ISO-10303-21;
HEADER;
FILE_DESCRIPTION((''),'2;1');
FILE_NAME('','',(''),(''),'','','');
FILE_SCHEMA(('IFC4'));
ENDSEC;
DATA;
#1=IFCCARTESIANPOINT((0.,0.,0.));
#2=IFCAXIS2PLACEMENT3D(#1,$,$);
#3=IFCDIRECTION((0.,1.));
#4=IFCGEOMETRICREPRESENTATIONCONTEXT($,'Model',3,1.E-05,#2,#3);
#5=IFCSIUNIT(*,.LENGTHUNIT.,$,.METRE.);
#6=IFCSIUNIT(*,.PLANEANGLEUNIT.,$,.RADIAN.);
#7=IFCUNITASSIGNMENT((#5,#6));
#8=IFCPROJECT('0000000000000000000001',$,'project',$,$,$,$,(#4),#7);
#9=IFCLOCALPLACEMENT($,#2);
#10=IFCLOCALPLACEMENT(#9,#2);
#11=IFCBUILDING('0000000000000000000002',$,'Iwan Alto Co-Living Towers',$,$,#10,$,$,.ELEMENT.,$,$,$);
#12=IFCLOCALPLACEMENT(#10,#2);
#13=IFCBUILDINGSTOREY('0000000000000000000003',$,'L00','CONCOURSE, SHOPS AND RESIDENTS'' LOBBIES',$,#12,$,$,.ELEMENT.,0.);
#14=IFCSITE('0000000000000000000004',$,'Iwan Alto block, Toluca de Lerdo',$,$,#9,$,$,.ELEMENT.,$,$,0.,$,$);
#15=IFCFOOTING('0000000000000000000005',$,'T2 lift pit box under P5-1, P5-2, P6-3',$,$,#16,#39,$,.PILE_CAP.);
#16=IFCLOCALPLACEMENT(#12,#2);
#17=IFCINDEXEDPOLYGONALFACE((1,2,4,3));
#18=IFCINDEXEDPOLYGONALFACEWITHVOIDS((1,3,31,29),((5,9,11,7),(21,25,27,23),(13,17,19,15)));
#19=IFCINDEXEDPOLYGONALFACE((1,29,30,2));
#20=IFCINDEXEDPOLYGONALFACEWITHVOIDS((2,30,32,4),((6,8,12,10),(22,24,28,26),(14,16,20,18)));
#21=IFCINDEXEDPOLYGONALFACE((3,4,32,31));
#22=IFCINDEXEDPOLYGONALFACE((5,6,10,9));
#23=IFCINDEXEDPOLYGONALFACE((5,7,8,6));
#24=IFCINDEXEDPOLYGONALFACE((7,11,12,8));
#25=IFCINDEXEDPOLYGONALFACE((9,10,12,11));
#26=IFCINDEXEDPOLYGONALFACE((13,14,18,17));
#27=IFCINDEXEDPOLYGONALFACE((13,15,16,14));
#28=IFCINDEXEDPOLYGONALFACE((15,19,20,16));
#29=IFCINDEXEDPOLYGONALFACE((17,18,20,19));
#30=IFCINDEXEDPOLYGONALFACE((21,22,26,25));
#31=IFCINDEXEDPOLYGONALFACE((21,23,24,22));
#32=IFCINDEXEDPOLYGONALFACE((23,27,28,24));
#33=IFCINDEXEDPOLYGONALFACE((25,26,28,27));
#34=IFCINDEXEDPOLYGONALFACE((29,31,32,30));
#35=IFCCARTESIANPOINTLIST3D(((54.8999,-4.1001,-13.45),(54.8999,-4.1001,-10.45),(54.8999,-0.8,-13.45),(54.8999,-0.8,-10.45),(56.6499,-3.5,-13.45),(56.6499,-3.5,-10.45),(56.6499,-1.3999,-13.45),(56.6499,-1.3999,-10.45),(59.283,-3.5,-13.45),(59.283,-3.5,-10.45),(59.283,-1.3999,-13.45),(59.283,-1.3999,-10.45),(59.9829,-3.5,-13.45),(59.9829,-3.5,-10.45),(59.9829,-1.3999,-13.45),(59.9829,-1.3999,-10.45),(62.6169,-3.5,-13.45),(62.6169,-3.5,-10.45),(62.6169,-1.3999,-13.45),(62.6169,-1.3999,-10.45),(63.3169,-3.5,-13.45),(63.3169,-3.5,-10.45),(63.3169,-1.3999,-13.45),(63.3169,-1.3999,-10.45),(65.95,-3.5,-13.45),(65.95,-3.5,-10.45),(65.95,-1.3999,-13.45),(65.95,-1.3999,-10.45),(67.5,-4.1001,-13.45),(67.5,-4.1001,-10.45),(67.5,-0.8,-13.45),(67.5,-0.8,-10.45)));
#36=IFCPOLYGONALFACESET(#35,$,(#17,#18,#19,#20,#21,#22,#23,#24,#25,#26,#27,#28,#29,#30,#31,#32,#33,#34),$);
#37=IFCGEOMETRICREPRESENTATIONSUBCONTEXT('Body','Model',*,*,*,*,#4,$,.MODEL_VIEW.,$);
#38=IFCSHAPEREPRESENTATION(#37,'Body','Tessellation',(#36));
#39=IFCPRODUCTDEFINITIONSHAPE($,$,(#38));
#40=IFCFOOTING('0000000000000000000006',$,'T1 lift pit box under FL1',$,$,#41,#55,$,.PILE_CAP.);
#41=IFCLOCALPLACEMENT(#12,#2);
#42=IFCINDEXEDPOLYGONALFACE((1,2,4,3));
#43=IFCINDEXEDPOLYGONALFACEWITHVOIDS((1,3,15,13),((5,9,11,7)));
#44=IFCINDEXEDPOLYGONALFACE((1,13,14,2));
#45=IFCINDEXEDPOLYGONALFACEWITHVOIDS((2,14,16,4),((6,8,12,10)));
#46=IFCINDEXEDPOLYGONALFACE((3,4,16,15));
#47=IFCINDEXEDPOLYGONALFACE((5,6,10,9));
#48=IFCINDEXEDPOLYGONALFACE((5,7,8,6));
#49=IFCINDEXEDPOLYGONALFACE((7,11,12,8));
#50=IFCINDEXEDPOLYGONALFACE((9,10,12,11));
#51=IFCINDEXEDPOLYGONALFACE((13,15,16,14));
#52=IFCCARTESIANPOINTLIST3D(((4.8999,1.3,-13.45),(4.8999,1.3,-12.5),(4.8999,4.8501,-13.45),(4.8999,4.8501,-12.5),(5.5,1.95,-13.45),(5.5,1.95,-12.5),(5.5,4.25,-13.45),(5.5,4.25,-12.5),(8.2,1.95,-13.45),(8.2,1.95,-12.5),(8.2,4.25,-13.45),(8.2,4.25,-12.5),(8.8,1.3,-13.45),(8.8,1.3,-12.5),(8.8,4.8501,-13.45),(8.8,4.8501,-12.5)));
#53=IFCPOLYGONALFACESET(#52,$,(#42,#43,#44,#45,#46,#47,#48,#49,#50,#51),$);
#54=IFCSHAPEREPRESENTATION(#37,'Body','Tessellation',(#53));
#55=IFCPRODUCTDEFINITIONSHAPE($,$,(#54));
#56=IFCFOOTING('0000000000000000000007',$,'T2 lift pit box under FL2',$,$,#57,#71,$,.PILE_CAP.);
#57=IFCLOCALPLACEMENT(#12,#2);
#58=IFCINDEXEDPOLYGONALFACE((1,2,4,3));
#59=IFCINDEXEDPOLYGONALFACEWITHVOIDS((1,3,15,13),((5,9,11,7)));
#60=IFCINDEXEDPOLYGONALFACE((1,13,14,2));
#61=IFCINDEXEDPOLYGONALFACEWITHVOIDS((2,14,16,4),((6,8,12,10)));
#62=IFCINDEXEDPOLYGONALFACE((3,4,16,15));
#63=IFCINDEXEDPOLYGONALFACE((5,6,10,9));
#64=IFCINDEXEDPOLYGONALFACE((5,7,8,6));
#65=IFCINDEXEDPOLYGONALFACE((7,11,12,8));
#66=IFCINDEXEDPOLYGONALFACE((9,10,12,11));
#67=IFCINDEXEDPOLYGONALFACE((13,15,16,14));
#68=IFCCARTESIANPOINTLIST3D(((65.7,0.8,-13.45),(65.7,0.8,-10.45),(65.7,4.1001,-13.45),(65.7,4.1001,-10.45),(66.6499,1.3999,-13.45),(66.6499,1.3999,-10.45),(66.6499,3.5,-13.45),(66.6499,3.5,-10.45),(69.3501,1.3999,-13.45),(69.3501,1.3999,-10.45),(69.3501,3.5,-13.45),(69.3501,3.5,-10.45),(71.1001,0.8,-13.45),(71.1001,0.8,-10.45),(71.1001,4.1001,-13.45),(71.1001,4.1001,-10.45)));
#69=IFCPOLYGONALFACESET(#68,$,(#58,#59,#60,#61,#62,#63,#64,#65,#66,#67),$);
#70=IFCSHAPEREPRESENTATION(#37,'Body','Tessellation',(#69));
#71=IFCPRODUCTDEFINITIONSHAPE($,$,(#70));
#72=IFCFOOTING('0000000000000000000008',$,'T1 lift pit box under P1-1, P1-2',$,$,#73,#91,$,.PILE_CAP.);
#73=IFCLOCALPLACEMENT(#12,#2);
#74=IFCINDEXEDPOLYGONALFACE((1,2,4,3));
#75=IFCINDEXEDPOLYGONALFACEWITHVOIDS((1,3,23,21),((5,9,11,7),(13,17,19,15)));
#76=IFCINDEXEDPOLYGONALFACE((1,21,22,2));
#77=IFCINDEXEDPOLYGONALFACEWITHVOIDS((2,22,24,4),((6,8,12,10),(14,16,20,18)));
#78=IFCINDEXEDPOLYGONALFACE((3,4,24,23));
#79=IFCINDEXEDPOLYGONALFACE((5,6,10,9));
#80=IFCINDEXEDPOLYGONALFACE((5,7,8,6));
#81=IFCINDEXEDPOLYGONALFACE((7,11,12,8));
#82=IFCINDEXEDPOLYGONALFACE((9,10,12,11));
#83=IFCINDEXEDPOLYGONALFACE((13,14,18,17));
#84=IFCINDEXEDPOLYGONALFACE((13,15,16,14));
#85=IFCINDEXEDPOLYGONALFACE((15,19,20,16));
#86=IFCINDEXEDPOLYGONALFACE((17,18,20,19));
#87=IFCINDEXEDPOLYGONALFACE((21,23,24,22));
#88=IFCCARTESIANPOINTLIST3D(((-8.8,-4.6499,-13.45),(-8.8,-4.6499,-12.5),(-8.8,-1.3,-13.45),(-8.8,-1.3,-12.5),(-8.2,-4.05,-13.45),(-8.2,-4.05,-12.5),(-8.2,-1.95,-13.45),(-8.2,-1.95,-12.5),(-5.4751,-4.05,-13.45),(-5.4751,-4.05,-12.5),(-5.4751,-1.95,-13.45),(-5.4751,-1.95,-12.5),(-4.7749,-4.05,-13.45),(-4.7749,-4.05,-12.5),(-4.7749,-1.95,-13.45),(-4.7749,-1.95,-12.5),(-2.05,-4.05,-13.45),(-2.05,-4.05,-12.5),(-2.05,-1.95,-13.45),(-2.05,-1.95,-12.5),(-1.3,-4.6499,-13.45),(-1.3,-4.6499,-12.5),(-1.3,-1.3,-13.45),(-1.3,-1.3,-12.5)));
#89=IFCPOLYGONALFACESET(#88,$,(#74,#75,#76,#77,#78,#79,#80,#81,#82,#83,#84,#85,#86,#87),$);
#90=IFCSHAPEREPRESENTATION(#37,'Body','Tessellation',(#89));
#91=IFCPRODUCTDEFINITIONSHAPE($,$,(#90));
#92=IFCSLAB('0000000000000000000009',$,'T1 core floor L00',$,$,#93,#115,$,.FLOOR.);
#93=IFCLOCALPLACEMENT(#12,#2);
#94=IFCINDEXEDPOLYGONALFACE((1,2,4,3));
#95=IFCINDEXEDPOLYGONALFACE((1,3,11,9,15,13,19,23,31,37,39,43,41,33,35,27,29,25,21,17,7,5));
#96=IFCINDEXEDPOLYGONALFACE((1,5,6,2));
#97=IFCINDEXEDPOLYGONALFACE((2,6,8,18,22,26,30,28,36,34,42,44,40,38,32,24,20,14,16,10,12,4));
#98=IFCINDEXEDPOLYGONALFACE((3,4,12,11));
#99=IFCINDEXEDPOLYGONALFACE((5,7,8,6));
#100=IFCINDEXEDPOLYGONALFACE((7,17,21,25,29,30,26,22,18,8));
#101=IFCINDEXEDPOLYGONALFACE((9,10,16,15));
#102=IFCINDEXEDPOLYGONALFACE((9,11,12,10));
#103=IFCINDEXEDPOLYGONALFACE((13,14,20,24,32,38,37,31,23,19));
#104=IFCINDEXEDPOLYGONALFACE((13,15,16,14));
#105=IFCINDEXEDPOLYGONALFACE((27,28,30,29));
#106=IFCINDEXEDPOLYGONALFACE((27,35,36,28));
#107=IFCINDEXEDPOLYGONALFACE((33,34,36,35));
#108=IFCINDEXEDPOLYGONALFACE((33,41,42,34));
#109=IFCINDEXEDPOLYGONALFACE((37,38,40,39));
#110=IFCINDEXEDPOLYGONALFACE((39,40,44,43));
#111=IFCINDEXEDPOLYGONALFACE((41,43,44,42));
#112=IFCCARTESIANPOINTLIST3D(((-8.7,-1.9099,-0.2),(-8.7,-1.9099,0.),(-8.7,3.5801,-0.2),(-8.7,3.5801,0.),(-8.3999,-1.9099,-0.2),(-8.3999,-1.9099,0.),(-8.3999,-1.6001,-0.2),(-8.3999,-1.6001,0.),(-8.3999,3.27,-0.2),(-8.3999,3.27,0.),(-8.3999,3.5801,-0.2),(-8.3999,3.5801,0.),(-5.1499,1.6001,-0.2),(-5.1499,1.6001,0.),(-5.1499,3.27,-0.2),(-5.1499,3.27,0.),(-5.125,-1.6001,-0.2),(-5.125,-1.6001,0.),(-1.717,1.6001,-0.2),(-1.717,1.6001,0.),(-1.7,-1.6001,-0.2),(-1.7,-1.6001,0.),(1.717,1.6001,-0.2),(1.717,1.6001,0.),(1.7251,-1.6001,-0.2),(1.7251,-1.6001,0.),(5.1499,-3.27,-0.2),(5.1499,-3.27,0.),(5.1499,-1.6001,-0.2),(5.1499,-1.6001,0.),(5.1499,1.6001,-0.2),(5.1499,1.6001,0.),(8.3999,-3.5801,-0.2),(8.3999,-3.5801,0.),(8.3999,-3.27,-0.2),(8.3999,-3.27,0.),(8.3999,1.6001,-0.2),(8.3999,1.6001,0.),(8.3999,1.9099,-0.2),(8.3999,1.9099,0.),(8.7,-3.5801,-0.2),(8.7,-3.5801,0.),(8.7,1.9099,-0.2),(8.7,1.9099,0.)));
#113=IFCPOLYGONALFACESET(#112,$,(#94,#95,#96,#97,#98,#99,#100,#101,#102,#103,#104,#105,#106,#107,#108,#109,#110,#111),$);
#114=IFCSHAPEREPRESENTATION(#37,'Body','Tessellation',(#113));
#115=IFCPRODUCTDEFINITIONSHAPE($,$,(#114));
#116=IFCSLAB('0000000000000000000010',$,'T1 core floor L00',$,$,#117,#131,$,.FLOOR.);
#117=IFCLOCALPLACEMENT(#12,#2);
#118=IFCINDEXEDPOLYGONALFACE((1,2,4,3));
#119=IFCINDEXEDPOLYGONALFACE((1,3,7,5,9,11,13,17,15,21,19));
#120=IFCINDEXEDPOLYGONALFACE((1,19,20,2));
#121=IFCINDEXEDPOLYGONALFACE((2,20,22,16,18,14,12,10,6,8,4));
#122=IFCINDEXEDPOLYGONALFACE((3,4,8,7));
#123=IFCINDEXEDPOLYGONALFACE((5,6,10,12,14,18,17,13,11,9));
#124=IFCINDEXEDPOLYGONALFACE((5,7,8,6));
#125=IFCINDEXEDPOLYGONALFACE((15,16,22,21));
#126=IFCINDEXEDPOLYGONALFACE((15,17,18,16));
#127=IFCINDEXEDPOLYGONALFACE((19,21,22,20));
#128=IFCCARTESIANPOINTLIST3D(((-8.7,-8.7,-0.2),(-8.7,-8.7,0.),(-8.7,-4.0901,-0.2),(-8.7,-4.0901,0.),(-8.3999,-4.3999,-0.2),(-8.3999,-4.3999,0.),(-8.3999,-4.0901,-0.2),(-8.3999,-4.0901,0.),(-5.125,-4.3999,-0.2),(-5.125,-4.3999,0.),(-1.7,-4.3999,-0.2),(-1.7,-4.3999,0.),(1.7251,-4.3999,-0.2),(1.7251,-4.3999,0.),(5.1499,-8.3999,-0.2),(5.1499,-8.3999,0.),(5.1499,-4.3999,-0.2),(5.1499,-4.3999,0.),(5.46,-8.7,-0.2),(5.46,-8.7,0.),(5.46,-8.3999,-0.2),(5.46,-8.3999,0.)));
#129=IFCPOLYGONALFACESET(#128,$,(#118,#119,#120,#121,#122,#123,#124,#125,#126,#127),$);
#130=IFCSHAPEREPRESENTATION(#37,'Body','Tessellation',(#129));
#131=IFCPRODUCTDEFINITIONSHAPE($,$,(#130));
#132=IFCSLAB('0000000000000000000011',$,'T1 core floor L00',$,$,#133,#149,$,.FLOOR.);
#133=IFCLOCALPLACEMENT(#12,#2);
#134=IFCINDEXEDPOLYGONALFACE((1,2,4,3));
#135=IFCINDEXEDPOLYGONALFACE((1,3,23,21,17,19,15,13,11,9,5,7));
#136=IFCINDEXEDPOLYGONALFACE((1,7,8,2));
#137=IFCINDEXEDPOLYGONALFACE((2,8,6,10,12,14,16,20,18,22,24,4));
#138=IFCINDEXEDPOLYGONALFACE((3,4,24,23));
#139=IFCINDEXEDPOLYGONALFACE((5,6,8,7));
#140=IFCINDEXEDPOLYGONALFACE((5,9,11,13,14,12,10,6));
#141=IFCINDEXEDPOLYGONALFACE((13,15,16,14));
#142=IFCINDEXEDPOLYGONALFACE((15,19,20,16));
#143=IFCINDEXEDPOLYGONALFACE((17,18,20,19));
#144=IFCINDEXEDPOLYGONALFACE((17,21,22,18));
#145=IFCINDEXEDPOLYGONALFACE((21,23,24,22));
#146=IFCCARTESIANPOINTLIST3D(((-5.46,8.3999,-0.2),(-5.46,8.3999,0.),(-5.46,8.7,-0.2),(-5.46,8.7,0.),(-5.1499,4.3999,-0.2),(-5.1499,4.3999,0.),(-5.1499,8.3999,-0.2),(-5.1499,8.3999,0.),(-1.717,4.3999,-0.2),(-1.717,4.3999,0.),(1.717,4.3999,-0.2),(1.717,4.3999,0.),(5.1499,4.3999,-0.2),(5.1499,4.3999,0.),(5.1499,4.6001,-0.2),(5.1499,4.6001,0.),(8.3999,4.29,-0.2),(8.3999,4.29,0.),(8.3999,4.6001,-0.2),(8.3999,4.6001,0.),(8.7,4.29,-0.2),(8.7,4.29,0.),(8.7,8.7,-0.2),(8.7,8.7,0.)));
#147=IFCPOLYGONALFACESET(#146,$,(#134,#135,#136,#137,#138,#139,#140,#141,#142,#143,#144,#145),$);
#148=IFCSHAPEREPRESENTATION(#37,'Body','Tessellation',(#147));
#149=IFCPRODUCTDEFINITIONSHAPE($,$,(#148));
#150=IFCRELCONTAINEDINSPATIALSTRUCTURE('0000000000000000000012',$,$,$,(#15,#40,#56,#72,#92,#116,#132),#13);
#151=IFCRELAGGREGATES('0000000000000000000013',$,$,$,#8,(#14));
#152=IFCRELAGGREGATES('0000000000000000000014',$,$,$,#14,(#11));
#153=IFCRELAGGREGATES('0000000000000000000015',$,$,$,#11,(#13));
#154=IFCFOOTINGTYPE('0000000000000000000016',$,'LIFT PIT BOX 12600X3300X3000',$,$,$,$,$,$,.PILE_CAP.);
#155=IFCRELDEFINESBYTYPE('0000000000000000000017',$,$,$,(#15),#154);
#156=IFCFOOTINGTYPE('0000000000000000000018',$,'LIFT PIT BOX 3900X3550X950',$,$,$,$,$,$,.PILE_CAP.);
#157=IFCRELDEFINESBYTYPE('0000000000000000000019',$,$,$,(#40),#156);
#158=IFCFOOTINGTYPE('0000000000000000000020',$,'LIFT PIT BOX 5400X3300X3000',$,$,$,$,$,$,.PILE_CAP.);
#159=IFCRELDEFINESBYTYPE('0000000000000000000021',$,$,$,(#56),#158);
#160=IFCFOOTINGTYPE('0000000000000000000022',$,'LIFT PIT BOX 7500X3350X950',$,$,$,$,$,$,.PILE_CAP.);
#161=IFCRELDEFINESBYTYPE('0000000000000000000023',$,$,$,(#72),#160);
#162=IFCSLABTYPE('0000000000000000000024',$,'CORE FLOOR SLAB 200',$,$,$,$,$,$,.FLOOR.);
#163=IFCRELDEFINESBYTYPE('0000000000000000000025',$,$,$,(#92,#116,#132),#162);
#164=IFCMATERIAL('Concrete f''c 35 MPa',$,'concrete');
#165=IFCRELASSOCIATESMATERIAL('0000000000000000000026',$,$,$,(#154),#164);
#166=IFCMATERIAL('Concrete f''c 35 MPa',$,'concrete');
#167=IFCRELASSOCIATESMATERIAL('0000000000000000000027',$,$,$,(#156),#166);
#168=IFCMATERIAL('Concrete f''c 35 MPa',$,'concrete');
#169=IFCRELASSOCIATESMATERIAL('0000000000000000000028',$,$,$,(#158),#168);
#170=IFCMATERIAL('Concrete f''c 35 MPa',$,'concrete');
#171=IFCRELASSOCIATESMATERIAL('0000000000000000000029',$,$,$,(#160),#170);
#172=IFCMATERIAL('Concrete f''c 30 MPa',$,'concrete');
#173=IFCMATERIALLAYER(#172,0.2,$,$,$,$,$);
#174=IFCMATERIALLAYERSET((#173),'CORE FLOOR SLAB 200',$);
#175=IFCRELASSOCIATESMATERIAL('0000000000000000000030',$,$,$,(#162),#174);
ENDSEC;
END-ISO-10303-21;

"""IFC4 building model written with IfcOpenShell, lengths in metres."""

from ifc_helpers import new_model, si_unit, direction, frame, origin, place, context, subcontext, project, spatial, polyline, outline, extrude, material, layer, layer_set, type_object, element, save


model = new_model("IFC4")

# Units and contexts
model_context = context("Model", 3, precision=1e-05, world=origin(), true_north=direction((0.0, 1.0)))
body_context = subcontext(model_context, "Body", "Model", "MODEL_VIEW")
ifc_project = project(units=[si_unit("LENGTHUNIT", "METRE"), si_unit("PLANEANGLEUNIT", "RADIAN")], contexts=[model_context])

# Site, building, storey
site_placement = place(None, origin())
site = spatial("IfcSite", under=ifc_project, at=site_placement, Name="Iwan Alto block, Toluca de Lerdo", CompositionType="ELEMENT", RefElevation=0.0)
building_placement = place(site_placement, origin())
building = spatial("IfcBuilding", under=site, at=building_placement, Name="Iwan Alto Co-Living Towers", CompositionType="ELEMENT")
storey_placement = place(building_placement, origin())
storey = spatial("IfcBuildingStorey", under=building, at=storey_placement, Name="L00", Description="CONCOURSE, SHOPS AND RESIDENTS' LOBBIES", CompositionType="ELEMENT", Elevation=0.0)

# Footings
ifc_material_1 = material(Name="Concrete f'c 35 MPa", Category="concrete")
footing_type_1 = type_object("IfcFootingType", Name="LIFT PIT BOX 12600X3300X3000", PredefinedType="PILE_CAP", material=ifc_material_1)
footing_1_placement = place(storey_placement, frame((0.0, 0.0, -13.45)))
element("IfcFooting", 1, at=footing_1_placement, inside=storey, type_object=footing_type_1, Name="T2 lift pit box under P5-1, P5-2, P6-3", PredefinedType="PILE_CAP", context=body_context, shape_type="SweptSolid", body=[
    extrude(outline(polyline([(54.8999, -4.1001), (67.5, -4.1001), (67.5, -0.8), (54.8999, -0.8), (54.8999, -4.1001)]), holes=[polyline([(56.6499, -3.5), (59.283, -3.5), (59.283, -1.3999), (56.6499, -1.3999), (56.6499, -3.5)]), polyline([(59.9829, -3.5), (62.6169, -3.5), (62.6169, -1.3999), (59.9829, -1.3999), (59.9829, -3.5)]), polyline([(63.3169, -3.5), (65.95, -3.5), (65.95, -1.3999), (63.3169, -1.3999), (63.3169, -3.5)])]), origin(), (0.0, 0.0, 1.0), 3.0),
])
ifc_material_2 = material(Name="Concrete f'c 35 MPa", Category="concrete")
footing_type_2 = type_object("IfcFootingType", Name="LIFT PIT BOX 3900X3550X950", PredefinedType="PILE_CAP", material=ifc_material_2)
footing_2_placement = place(storey_placement, frame((0.0, 0.0, -13.45)))
element("IfcFooting", 2, at=footing_2_placement, inside=storey, type_object=footing_type_2, Name="T1 lift pit box under FL1", PredefinedType="PILE_CAP", context=body_context, shape_type="SweptSolid", body=[
    extrude(outline(polyline([(4.8999, 1.3), (8.8, 1.3), (8.8, 4.8501), (4.8999, 4.8501), (4.8999, 1.3)]), holes=[polyline([(5.5, 1.95), (8.2, 1.95), (8.2, 4.25), (5.5, 4.25), (5.5, 1.95)])]), origin(), (0.0, 0.0, 1.0), 0.95),
])
ifc_material_3 = material(Name="Concrete f'c 35 MPa", Category="concrete")
footing_type_3 = type_object("IfcFootingType", Name="LIFT PIT BOX 5400X3300X3000", PredefinedType="PILE_CAP", material=ifc_material_3)
footing_3_placement = place(storey_placement, frame((0.0, 0.0, -13.45)))
element("IfcFooting", 3, at=footing_3_placement, inside=storey, type_object=footing_type_3, Name="T2 lift pit box under FL2", PredefinedType="PILE_CAP", context=body_context, shape_type="SweptSolid", body=[
    extrude(outline(polyline([(65.7, 0.8), (71.1001, 0.8), (71.1001, 4.1001), (65.7, 4.1001), (65.7, 0.8)]), holes=[polyline([(66.6499, 1.3999), (69.3501, 1.3999), (69.3501, 3.5), (66.6499, 3.5), (66.6499, 1.3999)])]), origin(), (0.0, 0.0, 1.0), 3.0),
])
ifc_material_4 = material(Name="Concrete f'c 35 MPa", Category="concrete")
footing_type_4 = type_object("IfcFootingType", Name="LIFT PIT BOX 7500X3350X950", PredefinedType="PILE_CAP", material=ifc_material_4)
footing_4_placement = place(storey_placement, frame((0.0, 0.0, -13.45)))
element("IfcFooting", 4, at=footing_4_placement, inside=storey, type_object=footing_type_4, Name="T1 lift pit box under P1-1, P1-2", PredefinedType="PILE_CAP", context=body_context, shape_type="SweptSolid", body=[
    extrude(outline(polyline([(-8.8, -4.6499), (-1.3, -4.6499), (-1.3, -1.3), (-8.8, -1.3), (-8.8, -4.6499)]), holes=[polyline([(-8.2, -4.05), (-5.4751, -4.05), (-5.4751, -1.95), (-8.2, -1.95), (-8.2, -4.05)]), polyline([(-4.7749, -4.05), (-2.05, -4.05), (-2.05, -1.95), (-4.7749, -1.95), (-4.7749, -4.05)])]), origin(), (0.0, 0.0, 1.0), 0.95),
])

# Slabs
ifc_material_5 = material(Name="Concrete f'c 30 MPa", Category="concrete")
ifc_layer_1 = layer(ifc_material_5, 0.2)
ifc_layer_set_1 = layer_set([ifc_layer_1], Name="CORE FLOOR SLAB 200")
slab_type = type_object("IfcSlabType", Name="CORE FLOOR SLAB 200", PredefinedType="FLOOR", material=ifc_layer_set_1)
slab_1_placement = place(storey_placement, frame((0.0, 0.0, -0.2)))
element("IfcSlab", 5, at=slab_1_placement, inside=storey, type_object=slab_type, Name="T1 core floor L00", PredefinedType="FLOOR", context=body_context, shape_type="SweptSolid", body=[
    extrude(outline(polyline([(8.7, -3.5801), (8.3999, -3.5801), (8.3999, -3.27), (5.1499, -3.27), (5.1499, -1.6001), (1.7251, -1.6001), (-1.7, -1.6001), (-5.125, -1.6001), (-8.3999, -1.6001), (-8.3999, -1.9099), (-8.7, -1.9099), (-8.7, 3.5801), (-8.3999, 3.5801), (-8.3999, 3.27), (-5.1499, 3.27), (-5.1499, 1.6001), (-1.717, 1.6001), (1.717, 1.6001), (5.1499, 1.6001), (8.3999, 1.6001), (8.3999, 1.9099), (8.7, 1.9099), (8.7, -3.5801)])), origin(), (0.0, 0.0, 1.0), 0.2),
])
slab_2_placement = place(storey_placement, frame((0.0, 0.0, -0.2)))
element("IfcSlab", 6, at=slab_2_placement, inside=storey, type_object=slab_type, Name="T1 core floor L00", PredefinedType="FLOOR", context=body_context, shape_type="SweptSolid", body=[
    extrude(outline(polyline([(-1.7, -4.3999), (1.7251, -4.3999), (5.1499, -4.3999), (5.1499, -8.3999), (5.46, -8.3999), (5.46, -8.7), (-8.7, -8.7), (-8.7, -4.0901), (-8.3999, -4.0901), (-8.3999, -4.3999), (-5.125, -4.3999), (-1.7, -4.3999)])), origin(), (0.0, 0.0, 1.0), 0.2),
])
slab_3_placement = place(storey_placement, frame((0.0, 0.0, -0.2)))
element("IfcSlab", 7, at=slab_3_placement, inside=storey, type_object=slab_type, Name="T1 core floor L00", PredefinedType="FLOOR", context=body_context, shape_type="SweptSolid", body=[
    extrude(outline(polyline([(1.717, 4.3999), (-1.717, 4.3999), (-5.1499, 4.3999), (-5.1499, 8.3999), (-5.46, 8.3999), (-5.46, 8.7), (8.7, 8.7), (8.7, 4.29), (8.3999, 4.29), (8.3999, 4.6001), (5.1499, 4.6001), (5.1499, 4.3999), (1.717, 4.3999)])), origin(), (0.0, 0.0, 1.0), 0.2),
])

save(model, "model.ifc")
